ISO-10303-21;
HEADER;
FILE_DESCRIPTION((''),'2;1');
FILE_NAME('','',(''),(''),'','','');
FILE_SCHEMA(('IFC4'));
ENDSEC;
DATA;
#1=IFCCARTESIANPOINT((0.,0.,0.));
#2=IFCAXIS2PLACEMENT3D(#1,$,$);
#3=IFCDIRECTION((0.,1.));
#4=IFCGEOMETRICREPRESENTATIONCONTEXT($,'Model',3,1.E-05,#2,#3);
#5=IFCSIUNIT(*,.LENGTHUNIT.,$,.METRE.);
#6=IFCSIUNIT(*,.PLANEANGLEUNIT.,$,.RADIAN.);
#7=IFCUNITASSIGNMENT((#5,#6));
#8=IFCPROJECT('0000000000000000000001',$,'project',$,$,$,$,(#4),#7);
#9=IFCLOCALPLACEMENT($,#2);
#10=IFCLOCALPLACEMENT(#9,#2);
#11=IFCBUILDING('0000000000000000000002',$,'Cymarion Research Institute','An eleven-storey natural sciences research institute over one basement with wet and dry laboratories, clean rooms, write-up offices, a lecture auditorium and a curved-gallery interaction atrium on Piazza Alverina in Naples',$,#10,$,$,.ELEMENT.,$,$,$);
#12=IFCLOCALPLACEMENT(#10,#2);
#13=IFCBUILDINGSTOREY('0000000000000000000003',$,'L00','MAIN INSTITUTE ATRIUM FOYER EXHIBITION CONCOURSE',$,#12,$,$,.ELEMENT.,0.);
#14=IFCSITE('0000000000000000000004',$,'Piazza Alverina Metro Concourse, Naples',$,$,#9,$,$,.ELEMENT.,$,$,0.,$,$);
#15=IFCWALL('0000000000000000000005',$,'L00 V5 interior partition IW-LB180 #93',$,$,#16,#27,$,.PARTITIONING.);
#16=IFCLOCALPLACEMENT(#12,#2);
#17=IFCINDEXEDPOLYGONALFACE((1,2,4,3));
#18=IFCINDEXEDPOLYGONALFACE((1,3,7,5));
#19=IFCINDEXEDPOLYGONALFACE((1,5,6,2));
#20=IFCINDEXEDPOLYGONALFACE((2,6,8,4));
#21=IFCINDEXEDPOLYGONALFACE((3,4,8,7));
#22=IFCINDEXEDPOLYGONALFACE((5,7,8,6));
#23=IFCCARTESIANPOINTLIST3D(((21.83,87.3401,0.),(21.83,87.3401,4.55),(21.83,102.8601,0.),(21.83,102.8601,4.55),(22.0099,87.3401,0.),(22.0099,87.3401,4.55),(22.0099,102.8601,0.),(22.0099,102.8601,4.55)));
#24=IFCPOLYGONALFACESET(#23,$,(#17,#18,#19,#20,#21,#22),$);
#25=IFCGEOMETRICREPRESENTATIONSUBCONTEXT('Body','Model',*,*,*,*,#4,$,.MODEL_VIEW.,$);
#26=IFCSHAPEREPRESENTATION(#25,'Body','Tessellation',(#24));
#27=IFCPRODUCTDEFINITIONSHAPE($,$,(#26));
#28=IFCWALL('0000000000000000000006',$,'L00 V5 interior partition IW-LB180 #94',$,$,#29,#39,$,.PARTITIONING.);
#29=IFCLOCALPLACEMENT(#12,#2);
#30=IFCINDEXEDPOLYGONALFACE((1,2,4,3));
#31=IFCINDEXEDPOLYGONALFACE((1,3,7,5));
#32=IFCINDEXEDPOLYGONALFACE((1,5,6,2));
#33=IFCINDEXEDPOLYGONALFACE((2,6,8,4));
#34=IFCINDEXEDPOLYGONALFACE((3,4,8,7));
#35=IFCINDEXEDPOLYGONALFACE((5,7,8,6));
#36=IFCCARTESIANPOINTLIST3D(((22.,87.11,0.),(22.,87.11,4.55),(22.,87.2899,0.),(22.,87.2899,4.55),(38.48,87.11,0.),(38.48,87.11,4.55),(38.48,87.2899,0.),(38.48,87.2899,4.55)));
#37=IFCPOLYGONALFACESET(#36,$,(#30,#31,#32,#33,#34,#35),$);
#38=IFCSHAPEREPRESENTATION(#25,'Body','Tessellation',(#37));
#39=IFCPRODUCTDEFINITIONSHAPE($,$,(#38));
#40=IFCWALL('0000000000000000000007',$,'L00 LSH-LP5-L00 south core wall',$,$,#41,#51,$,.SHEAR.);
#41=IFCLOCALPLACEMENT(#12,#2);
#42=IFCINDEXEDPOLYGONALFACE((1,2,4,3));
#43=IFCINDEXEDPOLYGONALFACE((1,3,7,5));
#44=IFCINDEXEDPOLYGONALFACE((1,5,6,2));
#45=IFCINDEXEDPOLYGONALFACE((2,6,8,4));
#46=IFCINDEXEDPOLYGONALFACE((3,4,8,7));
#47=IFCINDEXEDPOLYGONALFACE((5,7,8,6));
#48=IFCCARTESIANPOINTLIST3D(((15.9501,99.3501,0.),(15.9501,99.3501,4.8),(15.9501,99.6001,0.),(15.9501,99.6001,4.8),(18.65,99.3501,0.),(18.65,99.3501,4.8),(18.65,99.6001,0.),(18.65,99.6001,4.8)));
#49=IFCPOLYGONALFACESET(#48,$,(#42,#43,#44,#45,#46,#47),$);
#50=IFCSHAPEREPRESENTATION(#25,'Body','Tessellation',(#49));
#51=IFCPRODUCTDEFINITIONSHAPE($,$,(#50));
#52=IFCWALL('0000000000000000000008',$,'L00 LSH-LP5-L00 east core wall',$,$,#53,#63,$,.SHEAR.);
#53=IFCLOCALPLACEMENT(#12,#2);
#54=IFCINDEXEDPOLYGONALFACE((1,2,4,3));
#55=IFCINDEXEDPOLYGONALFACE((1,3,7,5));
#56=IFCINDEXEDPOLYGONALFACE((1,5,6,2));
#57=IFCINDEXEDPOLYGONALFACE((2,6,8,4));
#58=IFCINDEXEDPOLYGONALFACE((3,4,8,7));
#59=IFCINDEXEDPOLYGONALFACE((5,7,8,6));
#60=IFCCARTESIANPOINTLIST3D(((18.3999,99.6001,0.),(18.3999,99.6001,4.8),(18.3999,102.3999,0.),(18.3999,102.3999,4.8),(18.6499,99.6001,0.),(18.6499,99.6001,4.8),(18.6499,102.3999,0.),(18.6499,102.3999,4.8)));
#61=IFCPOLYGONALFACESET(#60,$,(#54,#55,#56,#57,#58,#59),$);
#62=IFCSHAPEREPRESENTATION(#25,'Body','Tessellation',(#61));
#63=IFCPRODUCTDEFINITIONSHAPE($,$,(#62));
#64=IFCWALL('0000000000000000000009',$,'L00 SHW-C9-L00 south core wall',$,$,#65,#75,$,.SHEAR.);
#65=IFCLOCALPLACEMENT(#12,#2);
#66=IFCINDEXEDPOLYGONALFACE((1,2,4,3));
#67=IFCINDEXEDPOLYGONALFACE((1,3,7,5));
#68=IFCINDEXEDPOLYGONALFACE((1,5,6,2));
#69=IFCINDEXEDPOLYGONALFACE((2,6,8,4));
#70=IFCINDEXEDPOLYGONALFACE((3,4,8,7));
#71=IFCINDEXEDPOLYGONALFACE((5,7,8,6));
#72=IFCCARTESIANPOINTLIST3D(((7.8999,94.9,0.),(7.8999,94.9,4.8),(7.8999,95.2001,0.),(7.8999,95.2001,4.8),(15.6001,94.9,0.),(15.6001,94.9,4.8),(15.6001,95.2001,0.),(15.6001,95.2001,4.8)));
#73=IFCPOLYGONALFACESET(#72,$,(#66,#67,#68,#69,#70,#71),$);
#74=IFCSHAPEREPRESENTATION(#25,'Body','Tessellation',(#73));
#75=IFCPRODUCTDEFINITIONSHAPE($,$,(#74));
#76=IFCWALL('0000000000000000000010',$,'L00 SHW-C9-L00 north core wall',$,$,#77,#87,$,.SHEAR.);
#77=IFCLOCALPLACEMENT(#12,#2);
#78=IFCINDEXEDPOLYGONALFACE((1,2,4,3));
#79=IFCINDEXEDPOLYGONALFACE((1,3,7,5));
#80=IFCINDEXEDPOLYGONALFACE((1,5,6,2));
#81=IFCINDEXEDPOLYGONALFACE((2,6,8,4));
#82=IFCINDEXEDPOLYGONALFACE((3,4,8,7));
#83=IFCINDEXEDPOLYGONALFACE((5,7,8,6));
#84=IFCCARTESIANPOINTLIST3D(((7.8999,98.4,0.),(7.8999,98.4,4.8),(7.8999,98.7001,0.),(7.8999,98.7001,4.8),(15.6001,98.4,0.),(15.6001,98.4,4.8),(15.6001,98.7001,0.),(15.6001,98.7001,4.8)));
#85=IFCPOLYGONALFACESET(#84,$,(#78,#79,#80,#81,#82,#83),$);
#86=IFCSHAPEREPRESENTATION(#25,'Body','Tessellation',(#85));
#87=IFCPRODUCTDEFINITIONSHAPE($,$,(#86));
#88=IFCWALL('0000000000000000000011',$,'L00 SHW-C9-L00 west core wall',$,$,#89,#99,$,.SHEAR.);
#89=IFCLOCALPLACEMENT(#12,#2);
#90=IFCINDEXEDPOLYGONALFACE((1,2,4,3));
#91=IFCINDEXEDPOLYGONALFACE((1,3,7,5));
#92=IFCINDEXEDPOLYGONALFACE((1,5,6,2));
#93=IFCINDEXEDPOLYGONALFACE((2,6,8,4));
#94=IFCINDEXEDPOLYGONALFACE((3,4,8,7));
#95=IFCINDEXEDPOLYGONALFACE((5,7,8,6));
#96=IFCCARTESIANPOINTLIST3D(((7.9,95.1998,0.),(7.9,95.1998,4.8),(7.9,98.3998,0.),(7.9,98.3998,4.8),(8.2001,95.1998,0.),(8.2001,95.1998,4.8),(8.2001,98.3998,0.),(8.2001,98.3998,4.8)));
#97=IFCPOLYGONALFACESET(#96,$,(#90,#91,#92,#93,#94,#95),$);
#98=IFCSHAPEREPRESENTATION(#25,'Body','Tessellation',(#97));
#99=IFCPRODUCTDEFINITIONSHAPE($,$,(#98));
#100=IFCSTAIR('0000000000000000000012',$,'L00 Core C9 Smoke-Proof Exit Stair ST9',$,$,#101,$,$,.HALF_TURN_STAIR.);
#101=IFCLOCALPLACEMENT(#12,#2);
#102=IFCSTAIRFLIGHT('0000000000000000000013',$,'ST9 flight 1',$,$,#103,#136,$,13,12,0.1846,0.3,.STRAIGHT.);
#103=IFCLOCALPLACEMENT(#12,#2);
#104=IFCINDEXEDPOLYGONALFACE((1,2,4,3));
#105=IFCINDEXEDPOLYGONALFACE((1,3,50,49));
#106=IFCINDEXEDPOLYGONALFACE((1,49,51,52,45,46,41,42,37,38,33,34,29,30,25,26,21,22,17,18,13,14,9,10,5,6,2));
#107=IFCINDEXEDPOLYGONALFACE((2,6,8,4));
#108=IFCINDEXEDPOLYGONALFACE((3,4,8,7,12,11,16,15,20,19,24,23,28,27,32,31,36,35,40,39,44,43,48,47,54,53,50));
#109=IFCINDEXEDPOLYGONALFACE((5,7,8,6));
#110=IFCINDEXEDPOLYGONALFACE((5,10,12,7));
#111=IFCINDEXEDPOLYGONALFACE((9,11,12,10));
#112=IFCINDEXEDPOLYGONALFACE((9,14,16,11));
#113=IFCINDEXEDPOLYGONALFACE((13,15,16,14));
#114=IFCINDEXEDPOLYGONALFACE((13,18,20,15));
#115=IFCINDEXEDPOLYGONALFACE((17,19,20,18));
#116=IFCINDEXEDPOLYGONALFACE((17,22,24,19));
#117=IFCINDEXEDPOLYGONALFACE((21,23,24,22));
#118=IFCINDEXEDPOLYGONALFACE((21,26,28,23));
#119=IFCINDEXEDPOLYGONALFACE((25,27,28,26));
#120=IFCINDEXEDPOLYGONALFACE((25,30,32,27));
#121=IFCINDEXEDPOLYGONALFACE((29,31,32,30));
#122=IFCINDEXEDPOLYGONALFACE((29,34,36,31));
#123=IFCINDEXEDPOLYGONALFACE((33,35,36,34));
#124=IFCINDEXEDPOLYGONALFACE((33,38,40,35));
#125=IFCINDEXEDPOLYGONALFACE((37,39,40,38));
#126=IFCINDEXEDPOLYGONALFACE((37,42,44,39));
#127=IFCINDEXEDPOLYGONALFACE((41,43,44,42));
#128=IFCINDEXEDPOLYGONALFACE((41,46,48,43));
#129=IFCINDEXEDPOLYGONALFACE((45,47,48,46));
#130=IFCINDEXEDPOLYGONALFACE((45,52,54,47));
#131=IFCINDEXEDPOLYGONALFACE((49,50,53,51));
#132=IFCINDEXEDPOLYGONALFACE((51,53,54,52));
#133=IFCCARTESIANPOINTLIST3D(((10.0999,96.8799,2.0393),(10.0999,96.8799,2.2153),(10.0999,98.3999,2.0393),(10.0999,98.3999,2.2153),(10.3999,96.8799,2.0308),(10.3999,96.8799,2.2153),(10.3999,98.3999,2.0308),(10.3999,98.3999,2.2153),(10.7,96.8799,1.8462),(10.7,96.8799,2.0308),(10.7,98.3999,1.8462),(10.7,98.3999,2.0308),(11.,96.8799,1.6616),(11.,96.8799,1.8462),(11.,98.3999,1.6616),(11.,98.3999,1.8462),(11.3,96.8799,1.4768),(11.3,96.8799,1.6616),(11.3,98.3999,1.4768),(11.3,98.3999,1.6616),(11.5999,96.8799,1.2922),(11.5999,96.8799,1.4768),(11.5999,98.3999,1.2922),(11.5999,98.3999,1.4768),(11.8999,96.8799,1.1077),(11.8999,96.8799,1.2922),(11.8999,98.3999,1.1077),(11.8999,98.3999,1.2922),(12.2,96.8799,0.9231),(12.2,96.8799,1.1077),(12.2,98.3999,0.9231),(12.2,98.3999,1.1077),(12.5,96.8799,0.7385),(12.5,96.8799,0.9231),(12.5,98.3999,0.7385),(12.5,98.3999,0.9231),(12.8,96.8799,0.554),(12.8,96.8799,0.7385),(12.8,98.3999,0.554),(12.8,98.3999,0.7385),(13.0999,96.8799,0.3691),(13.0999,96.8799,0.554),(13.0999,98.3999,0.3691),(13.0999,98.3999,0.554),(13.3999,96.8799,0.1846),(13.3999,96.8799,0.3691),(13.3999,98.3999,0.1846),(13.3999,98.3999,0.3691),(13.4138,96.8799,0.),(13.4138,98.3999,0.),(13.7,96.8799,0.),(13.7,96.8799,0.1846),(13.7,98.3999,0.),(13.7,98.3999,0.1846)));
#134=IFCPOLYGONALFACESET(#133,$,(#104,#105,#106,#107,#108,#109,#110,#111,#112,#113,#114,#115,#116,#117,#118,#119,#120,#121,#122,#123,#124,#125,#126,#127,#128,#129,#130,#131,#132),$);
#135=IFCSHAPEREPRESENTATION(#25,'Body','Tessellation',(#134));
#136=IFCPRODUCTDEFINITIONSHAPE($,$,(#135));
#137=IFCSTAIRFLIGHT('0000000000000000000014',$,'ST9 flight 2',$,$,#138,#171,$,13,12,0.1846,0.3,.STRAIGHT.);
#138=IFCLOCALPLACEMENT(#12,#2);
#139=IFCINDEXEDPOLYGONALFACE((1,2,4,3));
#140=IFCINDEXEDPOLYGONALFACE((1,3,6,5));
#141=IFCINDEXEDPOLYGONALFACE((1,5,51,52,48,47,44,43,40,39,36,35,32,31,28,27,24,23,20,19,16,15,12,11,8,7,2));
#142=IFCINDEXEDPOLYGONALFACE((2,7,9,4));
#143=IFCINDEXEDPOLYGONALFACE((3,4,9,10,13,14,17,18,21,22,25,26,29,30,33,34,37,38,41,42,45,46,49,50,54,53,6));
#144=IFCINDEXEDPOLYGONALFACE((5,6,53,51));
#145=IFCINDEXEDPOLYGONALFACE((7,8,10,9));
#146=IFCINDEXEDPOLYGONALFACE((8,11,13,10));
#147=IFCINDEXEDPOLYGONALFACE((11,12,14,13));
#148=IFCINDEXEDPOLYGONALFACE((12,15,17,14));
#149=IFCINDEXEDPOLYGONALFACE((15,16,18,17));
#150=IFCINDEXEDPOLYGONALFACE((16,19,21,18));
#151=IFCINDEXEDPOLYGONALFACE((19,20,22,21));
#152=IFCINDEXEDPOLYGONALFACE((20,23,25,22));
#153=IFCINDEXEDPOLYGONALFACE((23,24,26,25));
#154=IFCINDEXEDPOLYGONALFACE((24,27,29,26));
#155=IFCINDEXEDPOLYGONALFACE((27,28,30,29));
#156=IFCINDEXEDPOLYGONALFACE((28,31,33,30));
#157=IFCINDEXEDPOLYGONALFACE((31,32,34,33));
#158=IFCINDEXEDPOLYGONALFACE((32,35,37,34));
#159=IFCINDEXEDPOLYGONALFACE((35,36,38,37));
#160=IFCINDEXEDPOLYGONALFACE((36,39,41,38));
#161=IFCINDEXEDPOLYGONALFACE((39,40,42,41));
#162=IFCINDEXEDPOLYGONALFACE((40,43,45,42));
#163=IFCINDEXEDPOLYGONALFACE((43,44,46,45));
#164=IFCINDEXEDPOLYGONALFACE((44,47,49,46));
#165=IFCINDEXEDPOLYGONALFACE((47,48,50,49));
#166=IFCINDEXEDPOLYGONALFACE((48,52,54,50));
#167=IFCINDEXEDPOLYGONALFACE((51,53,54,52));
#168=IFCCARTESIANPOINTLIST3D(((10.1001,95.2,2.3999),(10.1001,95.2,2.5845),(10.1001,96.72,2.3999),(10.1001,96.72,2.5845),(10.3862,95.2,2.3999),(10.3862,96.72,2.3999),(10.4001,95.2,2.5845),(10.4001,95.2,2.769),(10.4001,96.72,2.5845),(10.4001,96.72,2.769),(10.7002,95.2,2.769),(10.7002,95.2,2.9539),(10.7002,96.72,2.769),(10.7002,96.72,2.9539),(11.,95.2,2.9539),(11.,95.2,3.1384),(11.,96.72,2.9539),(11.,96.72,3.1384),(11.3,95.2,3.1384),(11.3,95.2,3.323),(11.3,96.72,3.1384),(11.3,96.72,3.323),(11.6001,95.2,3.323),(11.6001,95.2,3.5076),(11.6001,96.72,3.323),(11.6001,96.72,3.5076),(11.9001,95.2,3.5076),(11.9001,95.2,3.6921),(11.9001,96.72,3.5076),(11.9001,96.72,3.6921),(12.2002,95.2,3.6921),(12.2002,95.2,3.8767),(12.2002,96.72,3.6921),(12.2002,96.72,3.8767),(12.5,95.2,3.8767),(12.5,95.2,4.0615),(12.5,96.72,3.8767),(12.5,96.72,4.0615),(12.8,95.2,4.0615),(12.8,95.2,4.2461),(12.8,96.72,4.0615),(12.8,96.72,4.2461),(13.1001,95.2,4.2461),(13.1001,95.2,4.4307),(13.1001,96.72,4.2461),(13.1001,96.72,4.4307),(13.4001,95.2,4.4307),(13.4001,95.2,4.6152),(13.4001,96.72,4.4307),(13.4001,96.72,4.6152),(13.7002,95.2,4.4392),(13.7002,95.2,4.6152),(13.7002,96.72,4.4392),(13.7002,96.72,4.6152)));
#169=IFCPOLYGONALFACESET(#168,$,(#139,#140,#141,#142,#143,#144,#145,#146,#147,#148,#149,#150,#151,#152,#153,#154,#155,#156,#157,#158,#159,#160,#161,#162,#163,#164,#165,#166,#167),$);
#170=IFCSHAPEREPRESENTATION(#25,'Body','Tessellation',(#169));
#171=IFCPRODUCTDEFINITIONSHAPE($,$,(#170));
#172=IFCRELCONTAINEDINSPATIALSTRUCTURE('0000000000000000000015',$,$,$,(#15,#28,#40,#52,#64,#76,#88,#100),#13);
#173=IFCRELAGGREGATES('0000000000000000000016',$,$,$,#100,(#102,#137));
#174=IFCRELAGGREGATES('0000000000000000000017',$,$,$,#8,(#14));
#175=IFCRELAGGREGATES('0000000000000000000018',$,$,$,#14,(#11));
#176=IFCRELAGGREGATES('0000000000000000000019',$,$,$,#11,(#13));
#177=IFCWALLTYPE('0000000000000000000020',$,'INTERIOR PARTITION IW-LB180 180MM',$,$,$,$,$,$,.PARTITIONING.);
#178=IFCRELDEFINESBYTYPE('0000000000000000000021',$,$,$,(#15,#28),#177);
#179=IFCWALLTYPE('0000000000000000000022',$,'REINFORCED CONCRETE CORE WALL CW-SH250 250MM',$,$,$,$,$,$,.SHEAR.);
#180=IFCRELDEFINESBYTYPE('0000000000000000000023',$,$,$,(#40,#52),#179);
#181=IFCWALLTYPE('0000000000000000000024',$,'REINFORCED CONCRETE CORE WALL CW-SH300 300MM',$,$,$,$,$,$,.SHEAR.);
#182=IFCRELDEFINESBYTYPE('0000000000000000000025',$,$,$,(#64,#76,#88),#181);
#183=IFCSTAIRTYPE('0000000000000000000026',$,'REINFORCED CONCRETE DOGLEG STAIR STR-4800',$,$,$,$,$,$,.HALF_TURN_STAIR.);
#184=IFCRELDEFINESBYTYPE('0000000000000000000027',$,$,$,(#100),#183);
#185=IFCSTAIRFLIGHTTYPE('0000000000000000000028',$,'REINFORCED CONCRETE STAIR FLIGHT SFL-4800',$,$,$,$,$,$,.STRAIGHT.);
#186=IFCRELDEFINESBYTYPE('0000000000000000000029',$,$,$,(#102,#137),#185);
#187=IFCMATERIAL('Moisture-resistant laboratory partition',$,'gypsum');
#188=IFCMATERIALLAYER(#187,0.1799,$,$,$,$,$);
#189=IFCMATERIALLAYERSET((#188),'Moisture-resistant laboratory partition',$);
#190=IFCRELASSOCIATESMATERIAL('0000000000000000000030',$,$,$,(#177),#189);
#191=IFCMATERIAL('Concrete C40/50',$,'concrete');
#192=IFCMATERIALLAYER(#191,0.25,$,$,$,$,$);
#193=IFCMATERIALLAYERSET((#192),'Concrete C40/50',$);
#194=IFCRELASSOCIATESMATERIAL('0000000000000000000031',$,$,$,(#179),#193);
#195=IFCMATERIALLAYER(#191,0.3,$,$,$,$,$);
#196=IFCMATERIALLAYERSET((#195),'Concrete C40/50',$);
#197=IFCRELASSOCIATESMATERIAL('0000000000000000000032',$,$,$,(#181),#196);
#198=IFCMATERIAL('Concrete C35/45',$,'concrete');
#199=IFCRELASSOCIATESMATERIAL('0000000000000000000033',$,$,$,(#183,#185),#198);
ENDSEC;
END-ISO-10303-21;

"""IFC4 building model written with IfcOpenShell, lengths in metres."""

from ifc_helpers import new_model, si_unit, direction, frame, frame_2d, origin, place, context, subcontext, project, spatial, polyline, rectangle, outline, extrude, material, layer, layer_set, type_object, element, aggregate, save


model = new_model("IFC4")

# Units and contexts
model_context = context("Model", 3, precision=1e-05, world=origin(), true_north=direction((0.0, 1.0)))
body_context = subcontext(model_context, "Body", "Model", "MODEL_VIEW")
ifc_project = project(units=[si_unit("LENGTHUNIT", "METRE"), si_unit("PLANEANGLEUNIT", "RADIAN")], contexts=[model_context])

# Site, building, storey
site_placement = place(None, origin())
site = spatial("IfcSite", under=ifc_project, at=site_placement, Name="Piazza Alverina Metro Concourse, Naples", CompositionType="ELEMENT", RefElevation=0.0)
building_placement = place(site_placement, origin())
building = spatial("IfcBuilding", under=site, at=building_placement, Name="Cymarion Research Institute", Description="An eleven-storey natural sciences research institute over one basement with wet and dry laboratories, clean rooms, write-up offices, a lecture auditorium and a curved-gallery interaction atrium on Piazza Alverina in Naples", CompositionType="ELEMENT")
storey_placement = place(building_placement, origin())
storey = spatial("IfcBuildingStorey", under=building, at=storey_placement, Name="L00", Description="MAIN INSTITUTE ATRIUM FOYER EXHIBITION CONCOURSE", CompositionType="ELEMENT", Elevation=0.0)

# Walls
ifc_material_1 = material(Name="Moisture-resistant laboratory partition", Category="gypsum")
ifc_layer_1 = layer(ifc_material_1, 0.1799)
ifc_layer_set_1 = layer_set([ifc_layer_1], Name="Moisture-resistant laboratory partition")
wall_type_1 = type_object("IfcWallType", Name="INTERIOR PARTITION IW-LB180 180MM", PredefinedType="PARTITIONING", material=ifc_layer_set_1)
wall_1_placement = place(storey_placement, frame((21.9199, 87.3401, 0.0), z_axis=(0.0, 0.0, 1.0), x_axis=(0.0, 1.0, 0.0)))
element("IfcWall", 1, at=wall_1_placement, inside=storey, type_object=wall_type_1, Name="L00 V5 interior partition IW-LB180 #93", PredefinedType="PARTITIONING", context=body_context, shape_type="SweptSolid", body=[
    extrude(rectangle(XDim=15.52, YDim=0.1799, at=frame_2d((7.76, 0.0))), origin(), (0.0, 0.0, 1.0), 4.55),
])
wall_2_placement = place(storey_placement, frame((22.0, 87.2, 0.0), z_axis=(0.0, 0.0, 1.0), x_axis=(1.0, 0.0, 0.0)))
element("IfcWall", 2, at=wall_2_placement, inside=storey, type_object=wall_type_1, Name="L00 V5 interior partition IW-LB180 #94", PredefinedType="PARTITIONING", context=body_context, shape_type="SweptSolid", body=[
    extrude(rectangle(XDim=16.48, YDim=0.1799, at=frame_2d((8.24, 0.0))), origin(), (0.0, 0.0, 1.0), 4.55),
])
ifc_material_2 = material(Name="Concrete C40/50", Category="concrete")
ifc_layer_2 = layer(ifc_material_2, 0.25)
ifc_layer_set_2 = layer_set([ifc_layer_2], Name="Concrete C40/50")
wall_type_2 = type_object("IfcWallType", Name="REINFORCED CONCRETE CORE WALL CW-SH250 250MM", PredefinedType="SHEAR", material=ifc_layer_set_2)
wall_3_placement = place(storey_placement, frame((15.95, 99.4751, 0.0), z_axis=(0.0, 0.0, 1.0), x_axis=(1.0, 0.0, 0.0)))
element("IfcWall", 3, at=wall_3_placement, inside=storey, type_object=wall_type_2, Name="L00 LSH-LP5-L00 south core wall", PredefinedType="SHEAR", context=body_context, shape_type="SweptSolid", body=[
    extrude(rectangle(XDim=2.7, YDim=0.25, at=frame_2d((1.3501, 0.0))), origin(), (0.0, 0.0, 1.0), 4.8),
])
wall_4_placement = place(storey_placement, frame((18.5249, 99.6001, 0.0), z_axis=(0.0, 0.0, 1.0), x_axis=(0.0, 1.0, 0.0)))
element("IfcWall", 4, at=wall_4_placement, inside=storey, type_object=wall_type_2, Name="L00 LSH-LP5-L00 east core wall", PredefinedType="SHEAR", context=body_context, shape_type="SweptSolid", body=[
    extrude(rectangle(XDim=2.7998, YDim=0.25, at=frame_2d((1.3999, 0.0))), origin(), (0.0, 0.0, 1.0), 4.8),
])
ifc_layer_3 = layer(ifc_material_2, 0.3)
ifc_layer_set_3 = layer_set([ifc_layer_3], Name="Concrete C40/50")
wall_type_3 = type_object("IfcWallType", Name="REINFORCED CONCRETE CORE WALL CW-SH300 300MM", PredefinedType="SHEAR", material=ifc_layer_set_3)
for number, where, z_axis, x_axis, name in (
    (5, (7.8999, 95.05, 0.0), (0.0, 0.0, 1.0), (1.0, 0.0, 0.0), "L00 SHW-C9-L00 south core wall"),
    (6, (15.6001, 98.55, 0.0), (0.0, 0.0, 1.0), (-1.0, 0.0, 0.0), "L00 SHW-C9-L00 north core wall"),
):
    element("IfcWall", number, at=place(storey_placement, frame(where, z_axis=z_axis, x_axis=x_axis)), inside=storey, type_object=wall_type_3, Name=name, PredefinedType="SHEAR", context=body_context, shape_type="SweptSolid", body=[
        extrude(rectangle(XDim=7.7002, YDim=0.3, at=frame_2d((3.8501, 0.0))), origin(), (0.0, 0.0, 1.0), 4.8),
    ])
wall_5_placement = place(storey_placement, frame((8.05, 98.3999, 0.0), z_axis=(0.0, 0.0, 1.0), x_axis=(0.0, -1.0, 0.0)))
element("IfcWall", 7, at=wall_5_placement, inside=storey, type_object=wall_type_3, Name="L00 SHW-C9-L00 west core wall", PredefinedType="SHEAR", context=body_context, shape_type="SweptSolid", body=[
    extrude(rectangle(XDim=3.2, YDim=0.3, at=frame_2d((1.6001, 0.0))), origin(), (0.0, 0.0, 1.0), 4.8),
])

# Stair, stair flights
ifc_material_3 = material(Name="Concrete C35/45", Category="concrete")
stair_type = type_object("IfcStairType", Name="REINFORCED CONCRETE DOGLEG STAIR STR-4800", PredefinedType="HALF_TURN_STAIR", material=ifc_material_3)
stair_placement = place(storey_placement, origin())
stair = element("IfcStair", 8, at=stair_placement, inside=storey, type_object=stair_type, Name="L00 Core C9 Smoke-Proof Exit Stair ST9", PredefinedType="HALF_TURN_STAIR")
stair_flight_type = type_object("IfcStairFlightType", Name="REINFORCED CONCRETE STAIR FLIGHT SFL-4800", PredefinedType="STRAIGHT", material=ifc_material_3)
stair_flight_1_placement = place(storey_placement, frame((13.7, 97.6399, 0.0), z_axis=(0.0, 0.0, 1.0), x_axis=(-1.0, 0.0, 0.0)))
stair_flight_1 = element("IfcStairFlight", 9, at=stair_flight_1_placement, type_object=stair_flight_type, Name="ST9 flight 1", NumberOfRisers=13, NumberOfTreads=12, PredefinedType="STRAIGHT", RiserHeight=0.1846, TreadLength=0.3, context=body_context, shape_type="SweptSolid", body=[
    extrude(outline(polyline([(0.0, 0.0), (0.0, 0.1846), (0.3, 0.1846), (0.3, 0.3691), (0.6001, 0.3691), (0.6001, 0.554), (0.8999, 0.554), (0.8999, 0.7385), (1.2, 0.7385), (1.2, 0.9231), (1.5, 0.9231), (1.5, 1.1077), (1.8, 1.1077), (1.8, 1.2922), (2.1001, 1.2922), (2.1001, 1.4768), (2.3999, 1.4768), (2.3999, 1.6616), (2.7, 1.6616), (2.7, 1.8462), (3.0, 1.8462), (3.0, 2.0308), (3.3, 2.0308), (3.3, 2.2153), (3.6001, 2.2153), (3.6001, 2.3999), (3.6001, 2.0393), (0.2861, 0.0), (0.0, 0.0)])), frame((0.0, 0.76, 0.0), z_axis=(0.0, -1.0, 0.0), x_axis=(1.0, 0.0, 0.0)), (0.0, 0.0, 1.0), 1.52),
])
stair_flight_2_placement = place(storey_placement, frame((10.1001, 95.96, 2.3999), z_axis=(0.0, 0.0, 1.0), x_axis=(1.0, 0.0, 0.0)))
stair_flight_2 = element("IfcStairFlight", 10, at=stair_flight_2_placement, type_object=stair_flight_type, Name="ST9 flight 2", NumberOfRisers=13, NumberOfTreads=12, PredefinedType="STRAIGHT", RiserHeight=0.1846, TreadLength=0.3, context=body_context, shape_type="SweptSolid", body=[
    extrude(outline(polyline([(0.0, 0.0), (0.0, 0.1846), (0.3, 0.1846), (0.3, 0.3691), (0.6001, 0.3691), (0.6001, 0.554), (0.8999, 0.554), (0.8999, 0.7385), (1.2, 0.7385), (1.2, 0.9231), (1.5, 0.9231), (1.5, 1.1077), (1.8, 1.1077), (1.8, 1.2922), (2.1001, 1.2922), (2.1001, 1.4768), (2.3999, 1.4768), (2.3999, 1.6616), (2.7, 1.6616), (2.7, 1.8462), (3.0, 1.8462), (3.0, 2.0308), (3.3, 2.0308), (3.3, 2.2153), (3.6001, 2.2153), (3.6001, 2.3999), (3.6001, 2.0393), (0.2861, 0.0), (0.0, 0.0)])), frame((0.0, 0.76, 0.0), z_axis=(0.0, -1.0, 0.0), x_axis=(1.0, 0.0, 0.0)), (0.0, 0.0, 1.0), 1.52),
])
aggregate(stair, [stair_flight_1, stair_flight_2])

save(model, "model.ifc")
